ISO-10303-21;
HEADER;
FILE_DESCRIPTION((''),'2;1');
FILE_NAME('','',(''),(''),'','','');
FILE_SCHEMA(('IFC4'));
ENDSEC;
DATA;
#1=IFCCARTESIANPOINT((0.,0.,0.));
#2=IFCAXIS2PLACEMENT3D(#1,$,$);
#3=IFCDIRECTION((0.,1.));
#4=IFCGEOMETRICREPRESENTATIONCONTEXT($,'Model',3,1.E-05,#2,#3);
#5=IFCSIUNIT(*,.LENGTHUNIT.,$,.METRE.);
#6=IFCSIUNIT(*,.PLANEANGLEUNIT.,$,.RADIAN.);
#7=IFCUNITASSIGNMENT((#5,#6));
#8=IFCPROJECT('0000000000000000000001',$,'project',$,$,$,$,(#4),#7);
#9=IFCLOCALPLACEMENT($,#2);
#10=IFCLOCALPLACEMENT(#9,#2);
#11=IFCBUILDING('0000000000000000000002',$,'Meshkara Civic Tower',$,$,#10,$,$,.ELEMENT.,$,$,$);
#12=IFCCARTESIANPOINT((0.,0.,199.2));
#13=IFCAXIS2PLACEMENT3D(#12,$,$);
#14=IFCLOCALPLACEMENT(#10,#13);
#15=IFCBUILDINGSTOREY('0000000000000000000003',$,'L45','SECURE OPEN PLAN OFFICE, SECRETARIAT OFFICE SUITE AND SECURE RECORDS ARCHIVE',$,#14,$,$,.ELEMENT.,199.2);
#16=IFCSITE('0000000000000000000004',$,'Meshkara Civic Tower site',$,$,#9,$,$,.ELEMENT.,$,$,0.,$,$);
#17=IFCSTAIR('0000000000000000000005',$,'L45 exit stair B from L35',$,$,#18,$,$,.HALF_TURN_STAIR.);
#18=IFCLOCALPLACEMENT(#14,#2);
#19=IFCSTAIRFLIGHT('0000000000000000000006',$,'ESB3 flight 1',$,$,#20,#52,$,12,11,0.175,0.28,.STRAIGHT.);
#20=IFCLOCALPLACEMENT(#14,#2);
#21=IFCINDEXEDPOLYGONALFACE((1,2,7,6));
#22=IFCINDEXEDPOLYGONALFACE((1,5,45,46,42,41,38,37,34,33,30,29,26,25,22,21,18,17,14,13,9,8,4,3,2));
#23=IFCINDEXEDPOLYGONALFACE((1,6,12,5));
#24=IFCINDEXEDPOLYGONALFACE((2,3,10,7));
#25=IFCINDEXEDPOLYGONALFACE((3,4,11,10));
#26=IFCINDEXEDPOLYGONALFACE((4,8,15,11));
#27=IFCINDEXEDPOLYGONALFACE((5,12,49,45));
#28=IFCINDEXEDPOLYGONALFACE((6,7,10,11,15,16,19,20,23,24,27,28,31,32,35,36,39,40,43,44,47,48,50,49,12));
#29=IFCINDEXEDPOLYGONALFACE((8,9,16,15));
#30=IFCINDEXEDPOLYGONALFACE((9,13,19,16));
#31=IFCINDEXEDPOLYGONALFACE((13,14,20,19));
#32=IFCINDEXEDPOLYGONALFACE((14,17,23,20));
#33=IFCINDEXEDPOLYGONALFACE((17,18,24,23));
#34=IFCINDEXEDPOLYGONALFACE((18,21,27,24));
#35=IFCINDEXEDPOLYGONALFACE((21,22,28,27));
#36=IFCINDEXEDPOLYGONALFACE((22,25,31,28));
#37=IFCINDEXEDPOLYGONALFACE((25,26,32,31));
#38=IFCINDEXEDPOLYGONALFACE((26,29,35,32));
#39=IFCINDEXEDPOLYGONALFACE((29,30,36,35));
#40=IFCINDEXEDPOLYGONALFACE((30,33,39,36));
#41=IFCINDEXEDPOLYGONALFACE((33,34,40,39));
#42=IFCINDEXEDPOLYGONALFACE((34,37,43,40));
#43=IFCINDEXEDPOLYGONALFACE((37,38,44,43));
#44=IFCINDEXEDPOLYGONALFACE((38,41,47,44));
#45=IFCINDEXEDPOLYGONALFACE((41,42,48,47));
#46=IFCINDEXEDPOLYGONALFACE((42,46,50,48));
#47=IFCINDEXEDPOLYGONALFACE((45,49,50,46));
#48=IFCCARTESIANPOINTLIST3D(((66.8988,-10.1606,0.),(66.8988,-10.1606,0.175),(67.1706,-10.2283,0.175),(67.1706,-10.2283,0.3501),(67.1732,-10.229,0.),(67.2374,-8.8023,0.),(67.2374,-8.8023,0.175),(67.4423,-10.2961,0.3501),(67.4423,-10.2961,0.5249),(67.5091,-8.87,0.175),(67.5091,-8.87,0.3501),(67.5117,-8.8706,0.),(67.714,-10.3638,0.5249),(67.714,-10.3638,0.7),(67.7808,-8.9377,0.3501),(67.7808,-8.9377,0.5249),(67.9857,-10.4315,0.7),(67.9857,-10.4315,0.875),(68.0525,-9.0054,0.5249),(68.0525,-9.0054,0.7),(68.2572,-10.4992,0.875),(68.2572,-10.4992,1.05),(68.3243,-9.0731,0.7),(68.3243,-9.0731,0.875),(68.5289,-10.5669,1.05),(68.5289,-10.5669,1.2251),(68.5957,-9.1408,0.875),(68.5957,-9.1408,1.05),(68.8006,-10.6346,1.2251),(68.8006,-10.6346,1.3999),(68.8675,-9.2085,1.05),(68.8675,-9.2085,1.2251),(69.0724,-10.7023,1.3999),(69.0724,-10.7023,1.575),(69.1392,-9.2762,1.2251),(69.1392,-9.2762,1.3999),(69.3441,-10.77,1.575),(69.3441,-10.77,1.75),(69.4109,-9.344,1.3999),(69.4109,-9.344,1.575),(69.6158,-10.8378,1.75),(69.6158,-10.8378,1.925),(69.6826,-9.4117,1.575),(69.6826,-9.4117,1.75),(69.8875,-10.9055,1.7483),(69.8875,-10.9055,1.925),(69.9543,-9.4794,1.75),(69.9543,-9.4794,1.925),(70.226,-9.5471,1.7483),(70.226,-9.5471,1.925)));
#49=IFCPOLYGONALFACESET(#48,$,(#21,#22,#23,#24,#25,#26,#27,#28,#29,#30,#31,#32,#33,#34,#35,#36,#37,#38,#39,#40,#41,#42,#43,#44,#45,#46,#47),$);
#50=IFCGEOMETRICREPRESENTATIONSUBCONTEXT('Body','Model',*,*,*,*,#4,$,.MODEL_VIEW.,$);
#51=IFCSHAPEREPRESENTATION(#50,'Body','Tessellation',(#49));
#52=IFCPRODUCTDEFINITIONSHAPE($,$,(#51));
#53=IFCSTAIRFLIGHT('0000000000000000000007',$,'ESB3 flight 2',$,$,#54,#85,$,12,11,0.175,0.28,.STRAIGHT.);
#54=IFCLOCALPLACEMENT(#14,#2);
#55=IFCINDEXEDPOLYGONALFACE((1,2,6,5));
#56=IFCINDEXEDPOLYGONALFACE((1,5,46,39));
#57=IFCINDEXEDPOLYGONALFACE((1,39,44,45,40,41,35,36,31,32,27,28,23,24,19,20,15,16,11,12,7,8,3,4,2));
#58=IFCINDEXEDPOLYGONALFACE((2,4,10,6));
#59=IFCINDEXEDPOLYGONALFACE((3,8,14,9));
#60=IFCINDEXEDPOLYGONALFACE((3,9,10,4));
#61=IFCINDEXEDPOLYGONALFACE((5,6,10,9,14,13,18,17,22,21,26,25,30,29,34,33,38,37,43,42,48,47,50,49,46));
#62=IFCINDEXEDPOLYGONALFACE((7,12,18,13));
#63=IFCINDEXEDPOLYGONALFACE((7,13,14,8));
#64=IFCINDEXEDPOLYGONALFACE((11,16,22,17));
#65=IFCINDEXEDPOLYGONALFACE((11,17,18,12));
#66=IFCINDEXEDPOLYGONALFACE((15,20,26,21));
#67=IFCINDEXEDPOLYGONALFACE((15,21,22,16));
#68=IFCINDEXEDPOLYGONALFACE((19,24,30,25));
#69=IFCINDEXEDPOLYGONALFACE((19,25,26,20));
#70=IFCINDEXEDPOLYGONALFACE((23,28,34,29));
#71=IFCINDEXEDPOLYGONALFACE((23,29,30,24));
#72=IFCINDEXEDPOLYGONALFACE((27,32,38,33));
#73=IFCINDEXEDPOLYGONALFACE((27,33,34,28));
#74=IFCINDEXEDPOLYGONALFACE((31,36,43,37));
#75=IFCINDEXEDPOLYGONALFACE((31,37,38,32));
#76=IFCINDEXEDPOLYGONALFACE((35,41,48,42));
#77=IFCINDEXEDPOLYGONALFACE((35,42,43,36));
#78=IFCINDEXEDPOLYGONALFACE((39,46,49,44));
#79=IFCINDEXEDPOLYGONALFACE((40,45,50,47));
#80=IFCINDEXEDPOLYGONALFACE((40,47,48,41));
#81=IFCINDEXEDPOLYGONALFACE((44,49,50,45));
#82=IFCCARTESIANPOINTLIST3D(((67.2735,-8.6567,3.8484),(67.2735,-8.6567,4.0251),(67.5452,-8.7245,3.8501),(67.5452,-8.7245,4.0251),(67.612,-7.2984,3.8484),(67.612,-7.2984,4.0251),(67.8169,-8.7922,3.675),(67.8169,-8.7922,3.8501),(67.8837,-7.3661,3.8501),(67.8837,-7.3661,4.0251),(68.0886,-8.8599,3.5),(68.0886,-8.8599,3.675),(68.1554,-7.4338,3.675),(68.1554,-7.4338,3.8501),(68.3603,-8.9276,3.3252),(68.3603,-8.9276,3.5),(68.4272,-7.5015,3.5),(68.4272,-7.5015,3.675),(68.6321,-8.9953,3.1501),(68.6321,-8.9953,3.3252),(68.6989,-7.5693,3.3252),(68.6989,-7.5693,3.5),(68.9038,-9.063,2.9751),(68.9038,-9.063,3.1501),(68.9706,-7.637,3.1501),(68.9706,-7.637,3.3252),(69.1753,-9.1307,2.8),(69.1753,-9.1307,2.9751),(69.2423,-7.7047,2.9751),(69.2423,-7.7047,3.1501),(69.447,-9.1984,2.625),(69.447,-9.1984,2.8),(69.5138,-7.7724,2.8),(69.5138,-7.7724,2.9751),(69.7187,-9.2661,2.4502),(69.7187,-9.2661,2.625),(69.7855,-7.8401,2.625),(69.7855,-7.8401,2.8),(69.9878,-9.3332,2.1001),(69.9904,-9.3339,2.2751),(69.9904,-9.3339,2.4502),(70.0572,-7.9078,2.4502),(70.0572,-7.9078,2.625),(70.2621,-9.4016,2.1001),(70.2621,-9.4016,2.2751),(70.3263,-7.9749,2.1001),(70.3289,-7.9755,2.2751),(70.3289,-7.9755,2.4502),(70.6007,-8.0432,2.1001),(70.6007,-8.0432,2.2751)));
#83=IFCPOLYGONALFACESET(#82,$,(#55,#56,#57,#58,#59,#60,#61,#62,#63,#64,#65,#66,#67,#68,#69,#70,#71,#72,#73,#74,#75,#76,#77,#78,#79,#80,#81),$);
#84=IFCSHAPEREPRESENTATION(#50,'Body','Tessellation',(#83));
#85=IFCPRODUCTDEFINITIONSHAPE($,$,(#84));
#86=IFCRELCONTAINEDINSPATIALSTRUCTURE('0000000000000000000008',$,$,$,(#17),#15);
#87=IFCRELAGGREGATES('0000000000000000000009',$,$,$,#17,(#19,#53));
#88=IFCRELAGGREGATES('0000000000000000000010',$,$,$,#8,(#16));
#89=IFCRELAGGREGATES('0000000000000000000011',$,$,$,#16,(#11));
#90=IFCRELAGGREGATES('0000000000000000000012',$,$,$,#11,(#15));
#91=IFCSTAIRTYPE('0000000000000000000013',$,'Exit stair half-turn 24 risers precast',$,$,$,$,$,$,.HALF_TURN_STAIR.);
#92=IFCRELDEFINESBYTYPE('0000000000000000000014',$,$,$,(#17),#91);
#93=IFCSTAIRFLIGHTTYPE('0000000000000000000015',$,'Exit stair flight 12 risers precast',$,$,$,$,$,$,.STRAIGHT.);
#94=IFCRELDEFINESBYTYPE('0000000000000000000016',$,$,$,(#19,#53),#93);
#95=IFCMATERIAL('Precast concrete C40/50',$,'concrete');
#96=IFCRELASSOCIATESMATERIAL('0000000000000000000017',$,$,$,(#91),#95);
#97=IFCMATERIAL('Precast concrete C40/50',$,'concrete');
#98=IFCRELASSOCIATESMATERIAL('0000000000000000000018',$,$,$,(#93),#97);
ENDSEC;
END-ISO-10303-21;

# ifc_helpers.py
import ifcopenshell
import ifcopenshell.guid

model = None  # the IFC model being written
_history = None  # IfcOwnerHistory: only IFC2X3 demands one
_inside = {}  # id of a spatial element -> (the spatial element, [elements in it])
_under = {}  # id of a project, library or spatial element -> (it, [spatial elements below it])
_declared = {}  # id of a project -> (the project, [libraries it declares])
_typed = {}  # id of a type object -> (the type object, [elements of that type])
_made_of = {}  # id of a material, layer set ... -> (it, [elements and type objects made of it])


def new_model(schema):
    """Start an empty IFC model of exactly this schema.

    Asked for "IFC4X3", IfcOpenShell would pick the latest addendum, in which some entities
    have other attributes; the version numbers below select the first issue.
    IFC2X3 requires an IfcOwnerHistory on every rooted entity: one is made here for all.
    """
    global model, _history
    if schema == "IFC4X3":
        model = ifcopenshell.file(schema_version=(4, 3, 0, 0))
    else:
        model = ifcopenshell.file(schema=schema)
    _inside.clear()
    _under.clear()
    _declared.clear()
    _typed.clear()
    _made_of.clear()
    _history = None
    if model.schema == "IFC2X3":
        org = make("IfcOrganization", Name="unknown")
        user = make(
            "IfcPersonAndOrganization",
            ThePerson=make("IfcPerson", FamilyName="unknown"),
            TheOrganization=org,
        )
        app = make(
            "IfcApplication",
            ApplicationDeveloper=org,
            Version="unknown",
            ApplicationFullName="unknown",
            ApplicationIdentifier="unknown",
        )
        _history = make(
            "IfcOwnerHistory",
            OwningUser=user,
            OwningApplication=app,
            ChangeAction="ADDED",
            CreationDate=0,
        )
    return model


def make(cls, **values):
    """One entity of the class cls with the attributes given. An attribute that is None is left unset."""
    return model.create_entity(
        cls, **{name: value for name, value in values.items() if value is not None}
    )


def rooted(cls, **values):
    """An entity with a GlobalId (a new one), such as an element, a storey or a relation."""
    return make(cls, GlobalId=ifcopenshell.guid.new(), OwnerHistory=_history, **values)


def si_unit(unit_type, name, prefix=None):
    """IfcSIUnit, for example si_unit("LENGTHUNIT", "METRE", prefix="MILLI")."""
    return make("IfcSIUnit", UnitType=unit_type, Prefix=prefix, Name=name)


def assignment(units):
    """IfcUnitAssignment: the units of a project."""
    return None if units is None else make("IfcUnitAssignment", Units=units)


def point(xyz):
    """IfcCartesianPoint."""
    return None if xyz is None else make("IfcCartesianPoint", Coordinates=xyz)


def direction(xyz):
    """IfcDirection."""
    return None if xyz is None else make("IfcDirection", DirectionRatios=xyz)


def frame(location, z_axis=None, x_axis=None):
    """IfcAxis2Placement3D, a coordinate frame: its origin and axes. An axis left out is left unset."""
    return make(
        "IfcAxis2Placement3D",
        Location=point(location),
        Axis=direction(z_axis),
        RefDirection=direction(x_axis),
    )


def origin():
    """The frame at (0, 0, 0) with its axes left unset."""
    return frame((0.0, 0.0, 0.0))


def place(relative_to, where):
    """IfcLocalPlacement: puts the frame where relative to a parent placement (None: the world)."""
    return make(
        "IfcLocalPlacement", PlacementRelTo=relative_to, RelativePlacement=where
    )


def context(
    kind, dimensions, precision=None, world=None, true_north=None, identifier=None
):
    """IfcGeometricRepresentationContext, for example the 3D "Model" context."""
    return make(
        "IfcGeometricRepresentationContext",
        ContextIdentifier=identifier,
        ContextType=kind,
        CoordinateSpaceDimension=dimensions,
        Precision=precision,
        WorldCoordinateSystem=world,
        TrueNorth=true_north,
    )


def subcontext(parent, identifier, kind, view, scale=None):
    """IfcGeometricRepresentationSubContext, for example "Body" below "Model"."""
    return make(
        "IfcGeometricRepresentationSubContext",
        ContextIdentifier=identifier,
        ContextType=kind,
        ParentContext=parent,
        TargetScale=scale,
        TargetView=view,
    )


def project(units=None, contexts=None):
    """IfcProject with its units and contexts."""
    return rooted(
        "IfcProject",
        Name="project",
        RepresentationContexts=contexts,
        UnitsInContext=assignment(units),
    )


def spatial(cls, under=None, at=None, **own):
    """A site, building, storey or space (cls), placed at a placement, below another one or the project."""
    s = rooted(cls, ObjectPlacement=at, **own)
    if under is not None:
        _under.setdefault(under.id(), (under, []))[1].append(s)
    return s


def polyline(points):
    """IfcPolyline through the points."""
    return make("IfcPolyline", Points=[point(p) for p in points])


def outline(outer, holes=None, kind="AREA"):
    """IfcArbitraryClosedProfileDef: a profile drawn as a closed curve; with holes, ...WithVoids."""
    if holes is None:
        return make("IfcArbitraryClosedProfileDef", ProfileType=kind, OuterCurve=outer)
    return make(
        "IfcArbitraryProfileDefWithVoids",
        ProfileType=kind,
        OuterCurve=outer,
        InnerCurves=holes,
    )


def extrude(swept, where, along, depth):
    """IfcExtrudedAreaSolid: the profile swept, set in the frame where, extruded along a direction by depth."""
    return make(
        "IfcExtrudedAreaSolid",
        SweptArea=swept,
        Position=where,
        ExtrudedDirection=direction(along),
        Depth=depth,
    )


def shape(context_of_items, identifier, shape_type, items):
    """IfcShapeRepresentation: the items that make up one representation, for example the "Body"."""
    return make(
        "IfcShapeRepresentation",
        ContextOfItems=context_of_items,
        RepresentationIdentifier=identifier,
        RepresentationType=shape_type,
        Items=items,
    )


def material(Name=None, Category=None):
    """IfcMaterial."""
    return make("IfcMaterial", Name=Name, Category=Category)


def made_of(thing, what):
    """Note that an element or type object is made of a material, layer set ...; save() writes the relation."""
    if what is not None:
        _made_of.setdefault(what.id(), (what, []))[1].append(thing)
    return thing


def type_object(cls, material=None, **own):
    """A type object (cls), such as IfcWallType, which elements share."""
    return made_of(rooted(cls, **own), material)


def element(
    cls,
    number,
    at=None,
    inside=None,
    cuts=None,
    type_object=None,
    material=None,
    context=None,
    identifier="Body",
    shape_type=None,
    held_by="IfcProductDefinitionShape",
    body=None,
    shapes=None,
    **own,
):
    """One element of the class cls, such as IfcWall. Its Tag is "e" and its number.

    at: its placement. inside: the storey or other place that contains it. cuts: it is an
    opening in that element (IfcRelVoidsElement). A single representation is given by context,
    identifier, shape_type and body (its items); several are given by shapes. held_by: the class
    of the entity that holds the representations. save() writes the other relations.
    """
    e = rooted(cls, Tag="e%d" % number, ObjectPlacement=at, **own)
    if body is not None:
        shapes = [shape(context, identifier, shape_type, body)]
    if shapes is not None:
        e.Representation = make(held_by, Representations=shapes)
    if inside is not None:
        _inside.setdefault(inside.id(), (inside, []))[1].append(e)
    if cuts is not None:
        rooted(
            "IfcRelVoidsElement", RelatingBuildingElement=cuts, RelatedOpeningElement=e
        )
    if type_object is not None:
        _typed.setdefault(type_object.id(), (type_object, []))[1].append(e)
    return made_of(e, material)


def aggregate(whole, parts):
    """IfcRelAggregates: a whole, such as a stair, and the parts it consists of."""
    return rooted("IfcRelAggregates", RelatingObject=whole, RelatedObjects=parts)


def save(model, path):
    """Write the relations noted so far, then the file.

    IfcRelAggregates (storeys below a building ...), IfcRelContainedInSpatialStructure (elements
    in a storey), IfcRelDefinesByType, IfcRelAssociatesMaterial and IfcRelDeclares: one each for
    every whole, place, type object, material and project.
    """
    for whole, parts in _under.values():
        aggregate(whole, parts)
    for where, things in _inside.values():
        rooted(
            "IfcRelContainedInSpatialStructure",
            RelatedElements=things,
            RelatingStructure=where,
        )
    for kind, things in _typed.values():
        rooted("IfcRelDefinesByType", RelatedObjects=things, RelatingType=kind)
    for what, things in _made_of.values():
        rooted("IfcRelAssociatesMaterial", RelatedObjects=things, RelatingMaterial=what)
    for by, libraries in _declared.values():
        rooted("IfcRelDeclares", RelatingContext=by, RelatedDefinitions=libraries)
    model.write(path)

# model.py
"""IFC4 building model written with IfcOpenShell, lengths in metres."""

from ifc_helpers import new_model, si_unit, direction, frame, origin, place, context, subcontext, project, spatial, polyline, outline, extrude, material, type_object, element, aggregate, save


model = new_model("IFC4")

# Units and contexts
model_context = context("Model", 3, precision=1e-05, world=origin(), true_north=direction((0.0, 1.0)))
body_context = subcontext(model_context, "Body", "Model", "MODEL_VIEW")
ifc_project = project(units=[si_unit("LENGTHUNIT", "METRE"), si_unit("PLANEANGLEUNIT", "RADIAN")], contexts=[model_context])

# Site, building, storey
site_placement = place(None, origin())
site = spatial("IfcSite", under=ifc_project, at=site_placement, Name="Meshkara Civic Tower site", CompositionType="ELEMENT", RefElevation=0.0)
building_placement = place(site_placement, origin())
building = spatial("IfcBuilding", under=site, at=building_placement, Name="Meshkara Civic Tower", CompositionType="ELEMENT")
storey_placement = place(building_placement, frame((0.0, 0.0, 199.2)))
storey = spatial("IfcBuildingStorey", under=building, at=storey_placement, Name="L45", Description="SECURE OPEN PLAN OFFICE, SECRETARIAT OFFICE SUITE AND SECURE RECORDS ARCHIVE", CompositionType="ELEMENT", Elevation=199.2)

# Stair, stair flights
ifc_material_1 = material(Name="Precast concrete C40/50", Category="concrete")
stair_type = type_object("IfcStairType", Name="Exit stair half-turn 24 risers precast", PredefinedType="HALF_TURN_STAIR", material=ifc_material_1)
stair_placement = place(storey_placement, origin())
stair = element("IfcStair", 1, at=stair_placement, inside=storey, type_object=stair_type, Name="L45 exit stair B from L35", PredefinedType="HALF_TURN_STAIR")
ifc_material_2 = material(Name="Precast concrete C40/50", Category="concrete")
stair_flight_type = type_object("IfcStairFlightType", Name="Exit stair flight 12 risers precast", PredefinedType="STRAIGHT", material=ifc_material_2)
stair_flight_1_placement = place(storey_placement, frame((67.0681, -9.4814, 0.0), z_axis=(0.0, 0.0, 1.0), x_axis=(0.970319, -0.24183, 0.0)))
stair_flight_1 = element("IfcStairFlight", 2, at=stair_flight_1_placement, type_object=stair_flight_type, Name="ESB3 flight 1", NumberOfRisers=12, NumberOfTreads=11, PredefinedType="STRAIGHT", RiserHeight=0.175, TreadLength=0.28, context=body_context, shape_type="SweptSolid", body=[
    extrude(outline(polyline([(0.0, 0.0), (0.0, 0.175), (0.28, 0.175), (0.28, 0.3501), (0.5601, 0.3501), (0.5601, 0.5249), (0.8401, 0.5249), (0.8401, 0.7), (1.1201, 0.7), (1.1201, 0.875), (1.3999, 0.875), (1.3999, 1.05), (1.6799, 1.05), (1.6799, 1.2251), (1.96, 1.2251), (1.96, 1.3999), (2.24, 1.3999), (2.24, 1.575), (2.52, 1.575), (2.52, 1.75), (2.8, 1.75), (2.8, 1.925), (3.0801, 1.925), (3.0801, 2.1001), (3.0801, 1.7483), (0.2827, 0.0), (0.0, 0.0)])), frame((0.0, 0.7, 0.0), z_axis=(0.0, -1.0, 0.0), x_axis=(1.0, 0.0, 0.0)), (0.0, 0.0, 1.0), 1.3999),
])
stair_flight_2_placement = place(storey_placement, frame((70.4314, -8.7224, 2.1001), z_axis=(0.0, 0.0, 1.0), x_axis=(-0.970319, 0.24183, 0.0)))
stair_flight_2 = element("IfcStairFlight", 3, at=stair_flight_2_placement, type_object=stair_flight_type, Name="ESB3 flight 2", NumberOfRisers=12, NumberOfTreads=11, PredefinedType="STRAIGHT", RiserHeight=0.175, TreadLength=0.28, context=body_context, shape_type="SweptSolid", body=[
    extrude(outline(polyline([(0.0, 0.0), (0.0, 0.175), (0.28, 0.175), (0.28, 0.3501), (0.5601, 0.3501), (0.5601, 0.5249), (0.8401, 0.5249), (0.8401, 0.7), (1.1201, 0.7), (1.1201, 0.875), (1.3999, 0.875), (1.3999, 1.05), (1.6799, 1.05), (1.6799, 1.2251), (1.96, 1.2251), (1.96, 1.3999), (2.24, 1.3999), (2.24, 1.575), (2.52, 1.575), (2.52, 1.75), (2.8, 1.75), (2.8, 1.925), (3.0801, 1.925), (3.0801, 2.1001), (3.0801, 1.7483), (0.2827, 0.0), (0.0, 0.0)])), frame((0.0, 0.7, 0.0), z_axis=(0.0, -1.0, 0.0), x_axis=(1.0, 0.0, 0.0)), (0.0, 0.0, 1.0), 1.3999),
])
aggregate(stair, [stair_flight_1, stair_flight_2])

save(model, "model.ifc")
